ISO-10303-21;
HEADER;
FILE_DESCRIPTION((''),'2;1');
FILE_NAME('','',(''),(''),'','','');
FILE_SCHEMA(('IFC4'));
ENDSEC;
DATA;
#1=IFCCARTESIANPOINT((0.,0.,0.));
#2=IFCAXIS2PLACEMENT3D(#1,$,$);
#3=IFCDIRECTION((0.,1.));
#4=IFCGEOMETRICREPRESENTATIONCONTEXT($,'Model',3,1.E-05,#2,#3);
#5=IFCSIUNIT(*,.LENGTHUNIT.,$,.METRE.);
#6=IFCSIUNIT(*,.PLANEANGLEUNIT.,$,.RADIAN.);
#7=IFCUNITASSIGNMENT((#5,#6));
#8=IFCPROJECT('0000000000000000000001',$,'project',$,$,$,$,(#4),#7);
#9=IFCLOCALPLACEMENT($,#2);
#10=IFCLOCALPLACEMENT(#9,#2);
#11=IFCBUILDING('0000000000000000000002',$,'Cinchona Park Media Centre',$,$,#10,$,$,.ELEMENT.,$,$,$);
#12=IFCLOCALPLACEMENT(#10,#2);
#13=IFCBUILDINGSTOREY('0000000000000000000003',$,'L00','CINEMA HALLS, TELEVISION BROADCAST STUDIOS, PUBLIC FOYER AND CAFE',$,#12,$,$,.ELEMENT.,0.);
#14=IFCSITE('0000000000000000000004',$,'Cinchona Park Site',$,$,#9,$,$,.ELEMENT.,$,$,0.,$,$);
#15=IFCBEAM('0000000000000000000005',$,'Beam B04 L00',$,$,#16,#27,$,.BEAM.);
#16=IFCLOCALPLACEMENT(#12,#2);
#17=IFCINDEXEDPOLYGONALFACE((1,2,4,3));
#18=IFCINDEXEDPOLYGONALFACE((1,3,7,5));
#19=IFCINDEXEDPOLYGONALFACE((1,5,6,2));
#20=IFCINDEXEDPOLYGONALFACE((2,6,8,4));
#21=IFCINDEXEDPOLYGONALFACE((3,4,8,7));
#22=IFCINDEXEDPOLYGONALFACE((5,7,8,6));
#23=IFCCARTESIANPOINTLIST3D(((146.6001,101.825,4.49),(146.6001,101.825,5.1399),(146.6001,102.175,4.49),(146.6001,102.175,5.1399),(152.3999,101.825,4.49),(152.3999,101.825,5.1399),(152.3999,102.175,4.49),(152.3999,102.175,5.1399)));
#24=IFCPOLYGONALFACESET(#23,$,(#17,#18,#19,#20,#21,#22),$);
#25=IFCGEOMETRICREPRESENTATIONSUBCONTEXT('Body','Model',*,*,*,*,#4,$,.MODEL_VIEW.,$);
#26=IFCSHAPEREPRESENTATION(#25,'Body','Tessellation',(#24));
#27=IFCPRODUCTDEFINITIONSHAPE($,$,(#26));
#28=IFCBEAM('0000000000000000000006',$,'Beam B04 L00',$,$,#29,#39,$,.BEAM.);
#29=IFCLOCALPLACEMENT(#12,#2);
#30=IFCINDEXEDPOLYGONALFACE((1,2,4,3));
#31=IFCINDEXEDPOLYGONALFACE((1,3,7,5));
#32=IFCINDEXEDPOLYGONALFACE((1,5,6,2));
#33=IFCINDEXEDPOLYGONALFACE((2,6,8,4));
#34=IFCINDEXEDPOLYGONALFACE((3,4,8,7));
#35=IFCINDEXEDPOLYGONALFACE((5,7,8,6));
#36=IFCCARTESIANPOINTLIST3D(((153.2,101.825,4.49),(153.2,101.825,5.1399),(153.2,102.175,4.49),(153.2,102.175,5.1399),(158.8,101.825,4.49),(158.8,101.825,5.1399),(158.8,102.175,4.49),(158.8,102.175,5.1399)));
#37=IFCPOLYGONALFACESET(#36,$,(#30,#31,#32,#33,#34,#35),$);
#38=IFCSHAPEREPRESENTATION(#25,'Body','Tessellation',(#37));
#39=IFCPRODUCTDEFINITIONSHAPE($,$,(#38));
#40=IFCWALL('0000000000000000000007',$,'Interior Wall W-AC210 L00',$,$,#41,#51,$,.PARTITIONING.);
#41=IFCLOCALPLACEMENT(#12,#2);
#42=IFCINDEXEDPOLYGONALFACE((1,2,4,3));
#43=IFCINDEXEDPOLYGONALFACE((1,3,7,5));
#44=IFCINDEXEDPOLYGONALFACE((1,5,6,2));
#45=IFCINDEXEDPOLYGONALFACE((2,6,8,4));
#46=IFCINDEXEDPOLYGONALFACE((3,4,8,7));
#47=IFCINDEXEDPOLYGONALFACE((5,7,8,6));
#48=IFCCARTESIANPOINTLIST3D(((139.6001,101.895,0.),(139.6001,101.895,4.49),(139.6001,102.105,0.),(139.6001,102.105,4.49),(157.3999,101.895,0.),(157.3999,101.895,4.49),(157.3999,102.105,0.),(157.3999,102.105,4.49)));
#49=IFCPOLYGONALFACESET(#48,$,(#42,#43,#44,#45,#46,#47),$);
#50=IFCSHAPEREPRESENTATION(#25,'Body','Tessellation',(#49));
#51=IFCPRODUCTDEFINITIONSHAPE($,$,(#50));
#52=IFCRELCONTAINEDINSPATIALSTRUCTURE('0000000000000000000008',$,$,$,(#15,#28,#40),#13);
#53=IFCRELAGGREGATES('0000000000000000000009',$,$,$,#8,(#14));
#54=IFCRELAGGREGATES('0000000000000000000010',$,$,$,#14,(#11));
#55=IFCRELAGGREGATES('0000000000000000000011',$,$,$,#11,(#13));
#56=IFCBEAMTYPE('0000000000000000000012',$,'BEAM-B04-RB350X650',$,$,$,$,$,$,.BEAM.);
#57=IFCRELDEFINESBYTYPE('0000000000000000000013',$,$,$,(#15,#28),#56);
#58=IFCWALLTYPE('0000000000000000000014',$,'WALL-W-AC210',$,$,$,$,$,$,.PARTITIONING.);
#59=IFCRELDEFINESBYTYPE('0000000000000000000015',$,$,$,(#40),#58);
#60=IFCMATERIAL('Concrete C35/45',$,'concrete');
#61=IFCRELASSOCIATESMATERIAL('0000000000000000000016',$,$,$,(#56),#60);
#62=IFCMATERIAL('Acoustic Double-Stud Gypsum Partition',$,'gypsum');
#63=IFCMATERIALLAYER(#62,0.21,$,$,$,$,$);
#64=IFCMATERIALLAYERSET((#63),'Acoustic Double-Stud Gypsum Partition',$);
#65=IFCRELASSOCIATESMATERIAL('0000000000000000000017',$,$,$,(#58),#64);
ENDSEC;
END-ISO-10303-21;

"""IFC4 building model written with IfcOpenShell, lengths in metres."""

from ifc_helpers import new_model, si_unit, direction, frame, frame_2d, origin, origin_2d, place, context, subcontext, project, spatial, rectangle, extrude, material, layer, layer_set, material_profile, profile_set, type_object, element, save


model = new_model("IFC4")

# Units and contexts
model_context = context("Model", 3, precision=1e-05, world=origin(), true_north=direction((0.0, 1.0)))
body_context = subcontext(model_context, "Body", "Model", "MODEL_VIEW")
ifc_project = project(units=[si_unit("LENGTHUNIT", "METRE"), si_unit("PLANEANGLEUNIT", "RADIAN")], contexts=[model_context])

# Site, building, storey
site_placement = place(None, origin())
site = spatial("IfcSite", under=ifc_project, at=site_placement, Name="Cinchona Park Site", CompositionType="ELEMENT", RefElevation=0.0)
building_placement = place(site_placement, origin())
building = spatial("IfcBuilding", under=site, at=building_placement, Name="Cinchona Park Media Centre", CompositionType="ELEMENT")
storey_placement = place(building_placement, origin())
storey = spatial("IfcBuildingStorey", under=building, at=storey_placement, Name="L00", Description="CINEMA HALLS, TELEVISION BROADCAST STUDIOS, PUBLIC FOYER AND CAFE", CompositionType="ELEMENT", Elevation=0.0)

# Beams
ifc_material_1 = material(Name="Concrete C35/45", Category="concrete")
ifc_material_profile_1 = material_profile(ifc_material_1, rectangle(XDim=0.3501, YDim=0.6499, at=origin_2d()), Name="RB 350X650")
ifc_profile_set_1 = profile_set([ifc_material_profile_1], Name="Concrete C35/45")
beam_type_1 = type_object("IfcBeamType", Name="BEAM-B04-RB350X650", PredefinedType="BEAM", material=ifc_profile_set_1)
beam_1_placement = place(storey_placement, frame((146.6001, 102.0, 4.8149), z_axis=(1.0, 0.0, 0.0), x_axis=(0.0, 1.0, 0.0)))
element("IfcBeam", 1, at=beam_1_placement, inside=storey, type_object=beam_type_1, Name="Beam B04 L00", PredefinedType="BEAM", context=body_context, shape_type="SweptSolid", body=[
    extrude(rectangle(XDim=0.3501, YDim=0.6499, at=origin_2d()), origin(), (0.0, 0.0, 1.0), 5.7998),
])
beam_2_placement = place(storey_placement, frame((153.2, 102.0, 4.8149), z_axis=(1.0, 0.0, 0.0), x_axis=(0.0, 1.0, 0.0)))
element("IfcBeam", 2, at=beam_2_placement, inside=storey, type_object=beam_type_1, Name="Beam B04 L00", PredefinedType="BEAM", context=body_context, shape_type="SweptSolid", body=[
    extrude(rectangle(XDim=0.3501, YDim=0.6499, at=origin_2d()), origin(), (0.0, 0.0, 1.0), 5.6001),
])

# Wall
ifc_material_2 = material(Name="Acoustic Double-Stud Gypsum Partition", Category="gypsum")
ifc_layer_1 = layer(ifc_material_2, 0.21)
ifc_layer_set_1 = layer_set([ifc_layer_1], Name="Acoustic Double-Stud Gypsum Partition")
wall_type_1 = type_object("IfcWallType", Name="WALL-W-AC210", PredefinedType="PARTITIONING", material=ifc_layer_set_1)
wall_1_placement = place(storey_placement, frame((157.3999, 102.0, 0.0), z_axis=(0.0, 0.0, 1.0), x_axis=(-1.0, 0.0, 0.0)))
element("IfcWall", 3, at=wall_1_placement, inside=storey, type_object=wall_type_1, Name="Interior Wall W-AC210 L00", PredefinedType="PARTITIONING", context=body_context, shape_type="SweptSolid", body=[
    extrude(rectangle(XDim=17.7998, YDim=0.21, at=frame_2d((8.8999, 0.0))), origin(), (0.0, 0.0, 1.0), 4.49),
])

save(model, "model.ifc")
